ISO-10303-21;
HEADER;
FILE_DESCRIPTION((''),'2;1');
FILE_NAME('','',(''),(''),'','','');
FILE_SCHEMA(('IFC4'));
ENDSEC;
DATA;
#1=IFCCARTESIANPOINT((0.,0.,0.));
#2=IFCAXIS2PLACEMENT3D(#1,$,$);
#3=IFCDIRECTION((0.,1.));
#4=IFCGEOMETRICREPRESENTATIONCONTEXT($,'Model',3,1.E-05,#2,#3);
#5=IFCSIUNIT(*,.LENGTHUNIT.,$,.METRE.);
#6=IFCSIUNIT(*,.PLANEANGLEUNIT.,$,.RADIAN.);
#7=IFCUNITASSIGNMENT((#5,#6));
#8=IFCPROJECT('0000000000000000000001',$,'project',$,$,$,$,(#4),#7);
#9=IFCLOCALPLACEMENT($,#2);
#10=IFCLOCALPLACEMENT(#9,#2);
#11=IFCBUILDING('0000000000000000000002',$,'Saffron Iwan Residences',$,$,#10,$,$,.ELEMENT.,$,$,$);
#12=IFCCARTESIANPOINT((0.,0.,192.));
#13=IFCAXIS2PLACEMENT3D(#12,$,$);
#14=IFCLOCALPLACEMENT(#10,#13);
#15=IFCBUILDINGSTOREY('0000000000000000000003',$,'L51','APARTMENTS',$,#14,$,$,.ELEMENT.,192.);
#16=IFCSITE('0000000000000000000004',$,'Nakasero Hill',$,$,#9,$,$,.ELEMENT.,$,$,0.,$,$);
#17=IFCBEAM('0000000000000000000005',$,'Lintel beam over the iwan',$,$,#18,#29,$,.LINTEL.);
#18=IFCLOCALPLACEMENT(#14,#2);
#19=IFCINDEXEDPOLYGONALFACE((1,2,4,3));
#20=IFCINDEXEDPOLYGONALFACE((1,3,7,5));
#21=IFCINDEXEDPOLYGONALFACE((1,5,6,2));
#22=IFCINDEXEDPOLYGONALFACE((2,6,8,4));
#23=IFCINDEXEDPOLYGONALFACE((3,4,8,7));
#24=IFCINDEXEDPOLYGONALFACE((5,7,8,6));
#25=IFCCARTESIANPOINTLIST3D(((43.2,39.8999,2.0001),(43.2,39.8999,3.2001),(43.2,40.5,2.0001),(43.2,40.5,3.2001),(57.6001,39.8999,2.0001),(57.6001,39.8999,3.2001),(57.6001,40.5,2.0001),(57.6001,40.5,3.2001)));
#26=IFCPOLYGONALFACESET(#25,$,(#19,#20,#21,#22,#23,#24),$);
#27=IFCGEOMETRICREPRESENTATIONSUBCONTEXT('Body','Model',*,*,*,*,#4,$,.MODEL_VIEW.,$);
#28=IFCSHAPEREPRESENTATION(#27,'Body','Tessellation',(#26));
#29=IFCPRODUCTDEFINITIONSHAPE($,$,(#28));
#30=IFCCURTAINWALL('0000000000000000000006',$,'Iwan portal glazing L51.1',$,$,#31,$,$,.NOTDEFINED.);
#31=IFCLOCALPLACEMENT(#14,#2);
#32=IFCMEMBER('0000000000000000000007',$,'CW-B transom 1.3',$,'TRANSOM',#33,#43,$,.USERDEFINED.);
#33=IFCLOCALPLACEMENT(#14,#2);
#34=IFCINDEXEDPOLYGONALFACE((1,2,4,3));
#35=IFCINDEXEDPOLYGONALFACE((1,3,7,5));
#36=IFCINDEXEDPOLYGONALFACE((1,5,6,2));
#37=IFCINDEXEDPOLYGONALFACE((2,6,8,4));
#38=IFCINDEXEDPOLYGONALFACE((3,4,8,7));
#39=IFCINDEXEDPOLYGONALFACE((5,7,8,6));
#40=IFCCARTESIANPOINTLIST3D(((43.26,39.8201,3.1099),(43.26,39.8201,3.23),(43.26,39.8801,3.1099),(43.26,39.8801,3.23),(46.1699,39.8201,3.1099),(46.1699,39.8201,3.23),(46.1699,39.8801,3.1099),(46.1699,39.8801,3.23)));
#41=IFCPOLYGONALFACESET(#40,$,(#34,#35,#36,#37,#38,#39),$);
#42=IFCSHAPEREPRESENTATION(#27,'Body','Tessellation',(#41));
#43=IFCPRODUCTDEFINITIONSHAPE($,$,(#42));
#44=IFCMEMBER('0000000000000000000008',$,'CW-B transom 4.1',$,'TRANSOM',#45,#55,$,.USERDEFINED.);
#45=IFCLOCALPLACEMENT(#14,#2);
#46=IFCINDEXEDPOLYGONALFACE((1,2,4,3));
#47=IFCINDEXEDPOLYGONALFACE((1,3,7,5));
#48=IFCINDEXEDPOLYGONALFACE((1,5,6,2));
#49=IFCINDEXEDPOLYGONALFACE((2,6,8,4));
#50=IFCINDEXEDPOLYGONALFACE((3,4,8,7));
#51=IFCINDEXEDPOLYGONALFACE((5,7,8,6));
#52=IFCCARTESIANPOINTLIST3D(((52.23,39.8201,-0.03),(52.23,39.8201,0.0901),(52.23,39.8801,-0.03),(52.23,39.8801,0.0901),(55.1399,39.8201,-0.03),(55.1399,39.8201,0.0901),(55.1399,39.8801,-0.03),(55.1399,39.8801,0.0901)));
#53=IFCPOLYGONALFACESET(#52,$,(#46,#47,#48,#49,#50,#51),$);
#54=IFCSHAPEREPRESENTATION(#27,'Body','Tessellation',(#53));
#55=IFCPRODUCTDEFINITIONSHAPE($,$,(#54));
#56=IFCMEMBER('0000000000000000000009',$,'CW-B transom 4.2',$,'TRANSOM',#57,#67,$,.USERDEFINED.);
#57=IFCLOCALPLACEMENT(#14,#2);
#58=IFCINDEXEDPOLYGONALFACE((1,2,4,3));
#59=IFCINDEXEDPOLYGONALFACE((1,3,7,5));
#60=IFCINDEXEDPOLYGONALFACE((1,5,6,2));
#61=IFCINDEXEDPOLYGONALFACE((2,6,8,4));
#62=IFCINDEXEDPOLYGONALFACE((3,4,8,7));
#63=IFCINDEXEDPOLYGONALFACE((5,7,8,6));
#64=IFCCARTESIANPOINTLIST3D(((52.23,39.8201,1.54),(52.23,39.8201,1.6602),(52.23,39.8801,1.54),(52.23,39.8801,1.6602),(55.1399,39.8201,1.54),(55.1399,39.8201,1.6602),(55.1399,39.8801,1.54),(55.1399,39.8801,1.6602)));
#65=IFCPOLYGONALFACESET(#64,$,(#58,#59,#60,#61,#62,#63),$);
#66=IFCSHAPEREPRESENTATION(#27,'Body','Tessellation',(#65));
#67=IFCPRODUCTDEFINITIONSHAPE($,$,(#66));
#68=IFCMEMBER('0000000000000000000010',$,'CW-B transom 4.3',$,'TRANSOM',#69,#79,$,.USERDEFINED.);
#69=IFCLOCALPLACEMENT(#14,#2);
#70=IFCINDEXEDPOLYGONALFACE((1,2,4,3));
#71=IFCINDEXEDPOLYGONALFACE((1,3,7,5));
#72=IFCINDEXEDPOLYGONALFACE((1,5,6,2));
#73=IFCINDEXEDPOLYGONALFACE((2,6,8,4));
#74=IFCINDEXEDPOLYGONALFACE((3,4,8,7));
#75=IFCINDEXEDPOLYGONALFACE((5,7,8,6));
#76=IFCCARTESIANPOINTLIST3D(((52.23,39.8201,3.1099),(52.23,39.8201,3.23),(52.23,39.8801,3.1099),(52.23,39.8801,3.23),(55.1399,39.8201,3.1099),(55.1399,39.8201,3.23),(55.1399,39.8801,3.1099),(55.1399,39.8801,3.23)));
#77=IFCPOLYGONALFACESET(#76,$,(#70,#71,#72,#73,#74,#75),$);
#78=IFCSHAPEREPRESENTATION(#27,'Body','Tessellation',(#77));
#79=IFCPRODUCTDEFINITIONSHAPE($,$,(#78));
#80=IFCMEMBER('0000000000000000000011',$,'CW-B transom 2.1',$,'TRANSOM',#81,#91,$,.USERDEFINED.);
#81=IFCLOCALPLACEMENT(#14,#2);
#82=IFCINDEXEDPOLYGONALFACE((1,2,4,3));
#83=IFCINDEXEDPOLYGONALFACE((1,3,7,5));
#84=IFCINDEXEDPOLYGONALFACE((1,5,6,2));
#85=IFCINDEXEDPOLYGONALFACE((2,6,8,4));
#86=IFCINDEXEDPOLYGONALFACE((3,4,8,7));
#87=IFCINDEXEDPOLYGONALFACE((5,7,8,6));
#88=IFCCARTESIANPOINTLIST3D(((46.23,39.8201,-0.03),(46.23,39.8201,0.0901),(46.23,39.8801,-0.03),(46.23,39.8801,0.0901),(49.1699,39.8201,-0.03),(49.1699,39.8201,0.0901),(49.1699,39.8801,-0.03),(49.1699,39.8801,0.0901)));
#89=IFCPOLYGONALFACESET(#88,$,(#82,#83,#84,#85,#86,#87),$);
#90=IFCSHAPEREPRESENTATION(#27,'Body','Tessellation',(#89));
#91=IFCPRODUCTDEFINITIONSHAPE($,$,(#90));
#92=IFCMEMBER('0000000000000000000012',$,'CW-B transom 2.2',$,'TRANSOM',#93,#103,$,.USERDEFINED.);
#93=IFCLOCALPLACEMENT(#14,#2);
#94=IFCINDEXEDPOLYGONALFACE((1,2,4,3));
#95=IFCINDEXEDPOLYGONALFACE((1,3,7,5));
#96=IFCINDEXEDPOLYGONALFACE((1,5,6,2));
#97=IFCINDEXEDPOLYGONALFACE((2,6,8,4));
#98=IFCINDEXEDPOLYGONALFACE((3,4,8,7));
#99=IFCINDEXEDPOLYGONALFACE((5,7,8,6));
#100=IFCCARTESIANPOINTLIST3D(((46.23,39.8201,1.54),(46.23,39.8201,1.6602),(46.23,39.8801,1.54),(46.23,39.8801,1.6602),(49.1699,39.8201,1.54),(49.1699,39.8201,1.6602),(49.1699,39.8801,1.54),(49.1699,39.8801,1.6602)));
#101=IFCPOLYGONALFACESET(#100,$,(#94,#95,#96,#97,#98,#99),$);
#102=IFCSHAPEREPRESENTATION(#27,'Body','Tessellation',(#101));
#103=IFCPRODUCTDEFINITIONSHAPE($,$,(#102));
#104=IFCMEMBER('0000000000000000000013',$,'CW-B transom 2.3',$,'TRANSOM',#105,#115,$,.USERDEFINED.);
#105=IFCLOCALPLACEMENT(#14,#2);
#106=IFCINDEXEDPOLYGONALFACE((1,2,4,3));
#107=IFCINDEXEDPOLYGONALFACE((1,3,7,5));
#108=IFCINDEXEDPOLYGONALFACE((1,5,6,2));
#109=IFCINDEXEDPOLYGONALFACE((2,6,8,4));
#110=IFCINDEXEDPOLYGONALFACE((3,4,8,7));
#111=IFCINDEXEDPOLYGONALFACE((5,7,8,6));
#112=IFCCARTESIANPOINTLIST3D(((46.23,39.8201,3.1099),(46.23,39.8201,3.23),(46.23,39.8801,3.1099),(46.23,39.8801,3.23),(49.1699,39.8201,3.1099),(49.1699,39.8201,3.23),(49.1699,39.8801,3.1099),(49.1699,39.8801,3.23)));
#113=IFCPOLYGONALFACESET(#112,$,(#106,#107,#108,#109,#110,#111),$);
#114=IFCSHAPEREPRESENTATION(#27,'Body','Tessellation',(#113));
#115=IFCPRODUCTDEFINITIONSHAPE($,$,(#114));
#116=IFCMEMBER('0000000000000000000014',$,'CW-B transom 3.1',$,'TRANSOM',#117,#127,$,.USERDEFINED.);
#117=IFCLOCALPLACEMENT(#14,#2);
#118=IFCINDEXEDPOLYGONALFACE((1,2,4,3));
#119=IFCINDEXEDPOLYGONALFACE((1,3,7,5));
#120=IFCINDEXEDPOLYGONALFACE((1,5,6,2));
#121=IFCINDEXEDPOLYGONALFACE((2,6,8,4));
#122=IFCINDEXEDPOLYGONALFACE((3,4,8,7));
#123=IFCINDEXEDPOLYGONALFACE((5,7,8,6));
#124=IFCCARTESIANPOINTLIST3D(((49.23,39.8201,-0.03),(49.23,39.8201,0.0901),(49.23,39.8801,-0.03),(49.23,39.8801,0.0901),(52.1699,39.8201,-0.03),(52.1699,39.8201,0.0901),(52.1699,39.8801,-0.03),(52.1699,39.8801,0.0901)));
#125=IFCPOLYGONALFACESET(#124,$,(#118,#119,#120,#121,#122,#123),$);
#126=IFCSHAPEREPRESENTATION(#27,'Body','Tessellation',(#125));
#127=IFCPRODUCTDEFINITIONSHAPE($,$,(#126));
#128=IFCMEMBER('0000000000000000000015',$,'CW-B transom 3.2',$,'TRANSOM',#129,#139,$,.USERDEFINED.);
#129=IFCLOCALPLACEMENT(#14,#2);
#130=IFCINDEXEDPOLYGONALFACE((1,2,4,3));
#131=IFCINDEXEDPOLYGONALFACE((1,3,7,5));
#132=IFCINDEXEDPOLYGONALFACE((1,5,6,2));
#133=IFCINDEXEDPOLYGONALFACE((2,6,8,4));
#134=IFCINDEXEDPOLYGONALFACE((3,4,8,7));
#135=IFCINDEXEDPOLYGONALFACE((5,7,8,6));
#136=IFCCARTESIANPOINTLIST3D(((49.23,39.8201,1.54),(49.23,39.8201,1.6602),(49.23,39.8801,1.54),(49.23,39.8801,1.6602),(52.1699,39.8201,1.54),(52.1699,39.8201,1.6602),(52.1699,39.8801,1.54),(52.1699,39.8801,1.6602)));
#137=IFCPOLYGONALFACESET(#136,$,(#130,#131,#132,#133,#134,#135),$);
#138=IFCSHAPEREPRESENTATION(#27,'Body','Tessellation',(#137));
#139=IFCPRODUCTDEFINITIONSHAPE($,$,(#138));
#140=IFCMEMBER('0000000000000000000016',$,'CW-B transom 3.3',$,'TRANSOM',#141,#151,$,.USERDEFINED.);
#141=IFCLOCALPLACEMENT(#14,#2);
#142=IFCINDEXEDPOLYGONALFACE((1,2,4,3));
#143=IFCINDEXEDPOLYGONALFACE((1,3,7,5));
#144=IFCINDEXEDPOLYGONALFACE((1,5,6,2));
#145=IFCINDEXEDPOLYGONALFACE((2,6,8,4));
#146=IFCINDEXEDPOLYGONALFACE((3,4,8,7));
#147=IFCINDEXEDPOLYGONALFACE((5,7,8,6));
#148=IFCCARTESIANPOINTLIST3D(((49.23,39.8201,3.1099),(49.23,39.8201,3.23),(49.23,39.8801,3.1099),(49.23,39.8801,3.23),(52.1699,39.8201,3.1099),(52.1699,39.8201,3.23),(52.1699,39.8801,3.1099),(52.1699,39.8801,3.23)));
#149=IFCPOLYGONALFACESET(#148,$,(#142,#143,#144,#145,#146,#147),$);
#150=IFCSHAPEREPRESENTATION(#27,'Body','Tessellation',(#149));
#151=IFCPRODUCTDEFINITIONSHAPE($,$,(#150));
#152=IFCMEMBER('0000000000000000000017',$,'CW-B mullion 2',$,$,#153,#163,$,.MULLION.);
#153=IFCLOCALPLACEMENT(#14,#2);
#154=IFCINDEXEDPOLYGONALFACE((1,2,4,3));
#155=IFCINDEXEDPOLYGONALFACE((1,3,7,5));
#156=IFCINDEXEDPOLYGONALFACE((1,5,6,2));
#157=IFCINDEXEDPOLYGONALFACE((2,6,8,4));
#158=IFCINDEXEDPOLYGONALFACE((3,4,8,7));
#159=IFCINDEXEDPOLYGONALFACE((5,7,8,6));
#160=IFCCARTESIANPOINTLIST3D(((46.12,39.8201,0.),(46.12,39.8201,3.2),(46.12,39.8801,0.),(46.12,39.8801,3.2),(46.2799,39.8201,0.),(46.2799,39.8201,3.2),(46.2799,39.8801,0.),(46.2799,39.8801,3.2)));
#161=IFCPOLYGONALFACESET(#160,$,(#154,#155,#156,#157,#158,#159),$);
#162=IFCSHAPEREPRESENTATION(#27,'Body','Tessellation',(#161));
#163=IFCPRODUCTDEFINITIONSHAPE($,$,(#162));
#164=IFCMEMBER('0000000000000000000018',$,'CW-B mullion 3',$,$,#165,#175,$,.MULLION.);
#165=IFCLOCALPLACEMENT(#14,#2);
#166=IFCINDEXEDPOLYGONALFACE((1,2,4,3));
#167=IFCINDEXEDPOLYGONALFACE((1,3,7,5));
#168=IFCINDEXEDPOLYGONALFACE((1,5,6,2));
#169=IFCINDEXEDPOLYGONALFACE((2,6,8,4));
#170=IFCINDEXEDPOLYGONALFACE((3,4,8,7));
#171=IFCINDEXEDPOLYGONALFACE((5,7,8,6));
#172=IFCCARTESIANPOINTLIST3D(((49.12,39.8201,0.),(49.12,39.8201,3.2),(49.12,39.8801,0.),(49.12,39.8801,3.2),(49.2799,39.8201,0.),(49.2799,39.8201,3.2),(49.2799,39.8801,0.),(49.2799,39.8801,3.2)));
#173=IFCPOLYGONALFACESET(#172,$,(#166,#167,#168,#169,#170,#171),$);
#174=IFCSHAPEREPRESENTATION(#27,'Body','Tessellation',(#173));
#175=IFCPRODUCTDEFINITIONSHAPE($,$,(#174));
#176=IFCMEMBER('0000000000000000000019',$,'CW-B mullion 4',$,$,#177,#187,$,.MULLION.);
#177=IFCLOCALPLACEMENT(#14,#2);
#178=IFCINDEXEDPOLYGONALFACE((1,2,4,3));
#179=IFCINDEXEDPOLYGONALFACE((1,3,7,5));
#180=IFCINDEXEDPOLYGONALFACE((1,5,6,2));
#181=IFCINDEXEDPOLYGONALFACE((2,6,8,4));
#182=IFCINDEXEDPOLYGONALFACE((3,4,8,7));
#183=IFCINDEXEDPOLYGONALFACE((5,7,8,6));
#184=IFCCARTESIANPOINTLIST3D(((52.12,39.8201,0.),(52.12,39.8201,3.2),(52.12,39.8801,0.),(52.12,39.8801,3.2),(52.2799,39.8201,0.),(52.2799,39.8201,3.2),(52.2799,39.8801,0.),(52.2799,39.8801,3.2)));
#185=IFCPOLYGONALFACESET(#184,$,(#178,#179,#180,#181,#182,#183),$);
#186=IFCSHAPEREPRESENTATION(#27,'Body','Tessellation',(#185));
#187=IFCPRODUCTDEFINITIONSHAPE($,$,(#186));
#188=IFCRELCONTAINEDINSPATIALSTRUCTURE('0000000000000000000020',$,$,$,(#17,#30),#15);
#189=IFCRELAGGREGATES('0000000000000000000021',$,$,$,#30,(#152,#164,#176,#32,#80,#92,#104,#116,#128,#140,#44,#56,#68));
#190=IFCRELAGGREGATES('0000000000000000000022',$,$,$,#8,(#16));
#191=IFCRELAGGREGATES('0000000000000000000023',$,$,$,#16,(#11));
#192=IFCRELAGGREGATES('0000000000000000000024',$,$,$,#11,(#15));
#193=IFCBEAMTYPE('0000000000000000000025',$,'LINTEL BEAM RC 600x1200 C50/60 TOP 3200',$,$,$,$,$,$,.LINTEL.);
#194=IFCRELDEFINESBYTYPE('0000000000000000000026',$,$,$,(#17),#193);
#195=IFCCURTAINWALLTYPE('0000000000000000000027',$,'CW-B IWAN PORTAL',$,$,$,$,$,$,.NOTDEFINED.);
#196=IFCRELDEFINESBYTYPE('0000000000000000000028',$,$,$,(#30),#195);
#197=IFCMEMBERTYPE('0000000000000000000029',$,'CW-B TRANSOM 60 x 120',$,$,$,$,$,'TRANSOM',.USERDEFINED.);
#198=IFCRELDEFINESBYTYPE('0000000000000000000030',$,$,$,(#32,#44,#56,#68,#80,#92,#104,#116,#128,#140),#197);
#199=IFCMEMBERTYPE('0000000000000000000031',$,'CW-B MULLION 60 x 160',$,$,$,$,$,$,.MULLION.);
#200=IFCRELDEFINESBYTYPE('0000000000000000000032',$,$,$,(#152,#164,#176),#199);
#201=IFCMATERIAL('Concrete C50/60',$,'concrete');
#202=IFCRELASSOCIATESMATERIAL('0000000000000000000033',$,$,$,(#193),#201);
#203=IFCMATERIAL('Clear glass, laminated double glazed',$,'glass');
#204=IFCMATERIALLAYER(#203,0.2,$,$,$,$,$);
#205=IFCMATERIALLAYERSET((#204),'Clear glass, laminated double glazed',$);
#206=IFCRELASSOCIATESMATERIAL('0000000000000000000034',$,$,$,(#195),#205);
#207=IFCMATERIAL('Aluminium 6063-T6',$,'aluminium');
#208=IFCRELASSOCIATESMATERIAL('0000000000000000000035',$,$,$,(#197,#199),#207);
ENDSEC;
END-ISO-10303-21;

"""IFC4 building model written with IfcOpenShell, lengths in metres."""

from ifc_helpers import new_model, si_unit, direction, frame, origin, origin_2d, place, context, subcontext, project, spatial, rectangle, extrude, source, transform, mapped, material, layer, layer_set, material_profile, profile_set, type_object, element, aggregate, save


model = new_model("IFC4")

# Units and contexts
model_context = context("Model", 3, precision=1e-05, world=origin(), true_north=direction((0.0, 1.0)))
body_context = subcontext(model_context, "Body", "Model", "MODEL_VIEW")
ifc_project = project(units=[si_unit("LENGTHUNIT", "METRE"), si_unit("PLANEANGLEUNIT", "RADIAN")], contexts=[model_context])

# Site, building, storey
site_placement = place(None, origin())
site = spatial("IfcSite", under=ifc_project, at=site_placement, Name="Nakasero Hill", CompositionType="ELEMENT", RefElevation=0.0)
building_placement = place(site_placement, origin())
building = spatial("IfcBuilding", under=site, at=building_placement, Name="Saffron Iwan Residences", CompositionType="ELEMENT")
storey_placement = place(building_placement, frame((0.0, 0.0, 192.0)))
storey = spatial("IfcBuildingStorey", under=building, at=storey_placement, Name="L51", Description="APARTMENTS", CompositionType="ELEMENT", Elevation=192.0)

# Beam
ifc_material_1 = material(Name="Concrete C50/60", Category="concrete")
ifc_material_profile_1 = material_profile(ifc_material_1, rectangle(XDim=0.6001, YDim=1.2, at=origin_2d()), Name="RC 600x1200")
ifc_profile_set_1 = profile_set([ifc_material_profile_1], Name="Concrete C50/60")
beam_type = type_object("IfcBeamType", Name="LINTEL BEAM RC 600x1200 C50/60 TOP 3200", PredefinedType="LINTEL", material=ifc_profile_set_1)
shared_shape_1 = source(origin(), body_context, "Body", "SweptSolid", [
    extrude(rectangle(XDim=0.6001, YDim=1.2, at=origin_2d()), origin(), (0.0, 0.0, 1.0), 14.4001),
])
beam_placement = place(storey_placement, frame((57.6001, 40.2, 2.6001), z_axis=(-1.0, 0.0, 0.0), x_axis=(0.0, -1.0, 0.0)))
element("IfcBeam", 1, at=beam_placement, inside=storey, type_object=beam_type, Name="Lintel beam over the iwan", PredefinedType="LINTEL", context=body_context, shape_type="MappedRepresentation", body=[
    mapped(shared_shape_1, transform((0.0, 0.0, 0.0))),
])

# Curtain wall, members
ifc_material_2 = material(Name="Clear glass, laminated double glazed", Category="glass")
ifc_layer_1 = layer(ifc_material_2, 0.2)
ifc_layer_set_1 = layer_set([ifc_layer_1], Name="Clear glass, laminated double glazed")
curtain_wall_type = type_object("IfcCurtainWallType", Name="CW-B IWAN PORTAL", PredefinedType="NOTDEFINED", material=ifc_layer_set_1)
curtain_wall_placement = place(storey_placement, origin())
curtain_wall = element("IfcCurtainWall", 2, at=curtain_wall_placement, inside=storey, type_object=curtain_wall_type, Name="Iwan portal glazing L51.1", PredefinedType="NOTDEFINED")
ifc_material_3 = material(Name="Aluminium 6063-T6", Category="aluminium")
ifc_material_profile_2 = material_profile(ifc_material_3, rectangle(XDim=0.0601, YDim=0.1201, at=origin_2d()), Name="CW-B TRANSOM 60 x 120")
ifc_profile_set_2 = profile_set([ifc_material_profile_2], Name="Aluminium 6063-T6")
member_type_1 = type_object("IfcMemberType", Name="CW-B TRANSOM 60 x 120", ElementType="TRANSOM", PredefinedType="USERDEFINED", material=ifc_profile_set_2)
shared_shape_2 = source(origin(), body_context, "Body", "SweptSolid", [
    extrude(rectangle(XDim=0.0601, YDim=0.1201, at=origin_2d()), origin(), (0.0, 0.0, 1.0), 2.9099),
])
member_1_placement = place(storey_placement, frame((43.26, 39.8501, 3.1699), z_axis=(1.0, 0.0, 0.0), x_axis=(0.0, 1.0, 0.0)))
member_1 = element("IfcMember", 3, at=member_1_placement, type_object=member_type_1, Name="CW-B transom 1.3", ObjectType="TRANSOM", PredefinedType="USERDEFINED", context=body_context, shape_type="MappedRepresentation", body=[
    mapped(shared_shape_2, transform((0.0, 0.0, 0.0))),
])
member_2_placement = place(storey_placement, frame((52.23, 39.8501, 0.03), z_axis=(1.0, 0.0, 0.0), x_axis=(0.0, 1.0, 0.0)))
member_2 = element("IfcMember", 4, at=member_2_placement, type_object=member_type_1, Name="CW-B transom 4.1", ObjectType="TRANSOM", PredefinedType="USERDEFINED", context=body_context, shape_type="MappedRepresentation", body=[
    mapped(shared_shape_2, transform((0.0, 0.0, 0.0))),
])
member_3_placement = place(storey_placement, frame((52.23, 39.8501, 1.6001), z_axis=(1.0, 0.0, 0.0), x_axis=(0.0, 1.0, 0.0)))
member_3 = element("IfcMember", 5, at=member_3_placement, type_object=member_type_1, Name="CW-B transom 4.2", ObjectType="TRANSOM", PredefinedType="USERDEFINED", context=body_context, shape_type="MappedRepresentation", body=[
    mapped(shared_shape_2, transform((0.0, 0.0, 0.0))),
])
member_4_placement = place(storey_placement, frame((52.23, 39.8501, 3.1699), z_axis=(1.0, 0.0, 0.0), x_axis=(0.0, 1.0, 0.0)))
member_4 = element("IfcMember", 6, at=member_4_placement, type_object=member_type_1, Name="CW-B transom 4.3", ObjectType="TRANSOM", PredefinedType="USERDEFINED", context=body_context, shape_type="MappedRepresentation", body=[
    mapped(shared_shape_2, transform((0.0, 0.0, 0.0))),
])
shared_shape_3 = source(origin(), body_context, "Body", "SweptSolid", [
    extrude(rectangle(XDim=0.0601, YDim=0.1201, at=origin_2d()), origin(), (0.0, 0.0, 1.0), 2.9399),
])
member_5_placement = place(storey_placement, frame((46.23, 39.8501, 0.03), z_axis=(1.0, 0.0, 0.0), x_axis=(0.0, 1.0, 0.0)))
member_5 = element("IfcMember", 7, at=member_5_placement, type_object=member_type_1, Name="CW-B transom 2.1", ObjectType="TRANSOM", PredefinedType="USERDEFINED", context=body_context, shape_type="MappedRepresentation", body=[
    mapped(shared_shape_3, transform((0.0, 0.0, 0.0))),
])
member_6_placement = place(storey_placement, frame((46.23, 39.8501, 1.6001), z_axis=(1.0, 0.0, 0.0), x_axis=(0.0, 1.0, 0.0)))
member_6 = element("IfcMember", 8, at=member_6_placement, type_object=member_type_1, Name="CW-B transom 2.2", ObjectType="TRANSOM", PredefinedType="USERDEFINED", context=body_context, shape_type="MappedRepresentation", body=[
    mapped(shared_shape_3, transform((0.0, 0.0, 0.0))),
])
member_7_placement = place(storey_placement, frame((46.23, 39.8501, 3.1699), z_axis=(1.0, 0.0, 0.0), x_axis=(0.0, 1.0, 0.0)))
member_7 = element("IfcMember", 9, at=member_7_placement, type_object=member_type_1, Name="CW-B transom 2.3", ObjectType="TRANSOM", PredefinedType="USERDEFINED", context=body_context, shape_type="MappedRepresentation", body=[
    mapped(shared_shape_3, transform((0.0, 0.0, 0.0))),
])
member_8_placement = place(storey_placement, frame((49.23, 39.8501, 0.03), z_axis=(1.0, 0.0, 0.0), x_axis=(0.0, 1.0, 0.0)))
member_8 = element("IfcMember", 10, at=member_8_placement, type_object=member_type_1, Name="CW-B transom 3.1", ObjectType="TRANSOM", PredefinedType="USERDEFINED", context=body_context, shape_type="MappedRepresentation", body=[
    mapped(shared_shape_3, transform((0.0, 0.0, 0.0))),
])
member_9_placement = place(storey_placement, frame((49.23, 39.8501, 1.6001), z_axis=(1.0, 0.0, 0.0), x_axis=(0.0, 1.0, 0.0)))
member_9 = element("IfcMember", 11, at=member_9_placement, type_object=member_type_1, Name="CW-B transom 3.2", ObjectType="TRANSOM", PredefinedType="USERDEFINED", context=body_context, shape_type="MappedRepresentation", body=[
    mapped(shared_shape_3, transform((0.0, 0.0, 0.0))),
])
member_10_placement = place(storey_placement, frame((49.23, 39.8501, 3.1699), z_axis=(1.0, 0.0, 0.0), x_axis=(0.0, 1.0, 0.0)))
member_10 = element("IfcMember", 12, at=member_10_placement, type_object=member_type_1, Name="CW-B transom 3.3", ObjectType="TRANSOM", PredefinedType="USERDEFINED", context=body_context, shape_type="MappedRepresentation", body=[
    mapped(shared_shape_3, transform((0.0, 0.0, 0.0))),
])
ifc_material_profile_3 = material_profile(ifc_material_3, rectangle(XDim=0.0601, YDim=0.1599, at=origin_2d()), Name="CW-B MULLION 60 x 160")
ifc_profile_set_3 = profile_set([ifc_material_profile_3], Name="Aluminium 6063-T6")
member_type_2 = type_object("IfcMemberType", Name="CW-B MULLION 60 x 160", PredefinedType="MULLION", material=ifc_profile_set_3)
shared_shape_4 = source(origin(), body_context, "Body", "SweptSolid", [
    extrude(rectangle(XDim=0.0601, YDim=0.1599, at=origin_2d()), origin(), (0.0, 0.0, 1.0), 3.2),
])
member_11_placement = place(storey_placement, frame((46.2, 39.8501, 0.0), z_axis=(0.0, 0.0, 1.0), x_axis=(0.0, 1.0, 0.0)))
member_11 = element("IfcMember", 13, at=member_11_placement, type_object=member_type_2, Name="CW-B mullion 2", PredefinedType="MULLION", context=body_context, shape_type="MappedRepresentation", body=[
    mapped(shared_shape_4, transform((0.0, 0.0, 0.0))),
])
member_12_placement = place(storey_placement, frame((49.2, 39.8501, 0.0), z_axis=(0.0, 0.0, 1.0), x_axis=(0.0, 1.0, 0.0)))
member_12 = element("IfcMember", 14, at=member_12_placement, type_object=member_type_2, Name="CW-B mullion 3", PredefinedType="MULLION", context=body_context, shape_type="MappedRepresentation", body=[
    mapped(shared_shape_4, transform((0.0, 0.0, 0.0))),
])
member_13_placement = place(storey_placement, frame((52.2, 39.8501, 0.0), z_axis=(0.0, 0.0, 1.0), x_axis=(0.0, 1.0, 0.0)))
member_13 = element("IfcMember", 15, at=member_13_placement, type_object=member_type_2, Name="CW-B mullion 4", PredefinedType="MULLION", context=body_context, shape_type="MappedRepresentation", body=[
    mapped(shared_shape_4, transform((0.0, 0.0, 0.0))),
])
aggregate(curtain_wall, [member_11, member_12, member_13, member_1, member_5, member_6, member_7, member_8, member_9, member_10, member_2, member_3, member_4])

save(model, "model.ifc")
